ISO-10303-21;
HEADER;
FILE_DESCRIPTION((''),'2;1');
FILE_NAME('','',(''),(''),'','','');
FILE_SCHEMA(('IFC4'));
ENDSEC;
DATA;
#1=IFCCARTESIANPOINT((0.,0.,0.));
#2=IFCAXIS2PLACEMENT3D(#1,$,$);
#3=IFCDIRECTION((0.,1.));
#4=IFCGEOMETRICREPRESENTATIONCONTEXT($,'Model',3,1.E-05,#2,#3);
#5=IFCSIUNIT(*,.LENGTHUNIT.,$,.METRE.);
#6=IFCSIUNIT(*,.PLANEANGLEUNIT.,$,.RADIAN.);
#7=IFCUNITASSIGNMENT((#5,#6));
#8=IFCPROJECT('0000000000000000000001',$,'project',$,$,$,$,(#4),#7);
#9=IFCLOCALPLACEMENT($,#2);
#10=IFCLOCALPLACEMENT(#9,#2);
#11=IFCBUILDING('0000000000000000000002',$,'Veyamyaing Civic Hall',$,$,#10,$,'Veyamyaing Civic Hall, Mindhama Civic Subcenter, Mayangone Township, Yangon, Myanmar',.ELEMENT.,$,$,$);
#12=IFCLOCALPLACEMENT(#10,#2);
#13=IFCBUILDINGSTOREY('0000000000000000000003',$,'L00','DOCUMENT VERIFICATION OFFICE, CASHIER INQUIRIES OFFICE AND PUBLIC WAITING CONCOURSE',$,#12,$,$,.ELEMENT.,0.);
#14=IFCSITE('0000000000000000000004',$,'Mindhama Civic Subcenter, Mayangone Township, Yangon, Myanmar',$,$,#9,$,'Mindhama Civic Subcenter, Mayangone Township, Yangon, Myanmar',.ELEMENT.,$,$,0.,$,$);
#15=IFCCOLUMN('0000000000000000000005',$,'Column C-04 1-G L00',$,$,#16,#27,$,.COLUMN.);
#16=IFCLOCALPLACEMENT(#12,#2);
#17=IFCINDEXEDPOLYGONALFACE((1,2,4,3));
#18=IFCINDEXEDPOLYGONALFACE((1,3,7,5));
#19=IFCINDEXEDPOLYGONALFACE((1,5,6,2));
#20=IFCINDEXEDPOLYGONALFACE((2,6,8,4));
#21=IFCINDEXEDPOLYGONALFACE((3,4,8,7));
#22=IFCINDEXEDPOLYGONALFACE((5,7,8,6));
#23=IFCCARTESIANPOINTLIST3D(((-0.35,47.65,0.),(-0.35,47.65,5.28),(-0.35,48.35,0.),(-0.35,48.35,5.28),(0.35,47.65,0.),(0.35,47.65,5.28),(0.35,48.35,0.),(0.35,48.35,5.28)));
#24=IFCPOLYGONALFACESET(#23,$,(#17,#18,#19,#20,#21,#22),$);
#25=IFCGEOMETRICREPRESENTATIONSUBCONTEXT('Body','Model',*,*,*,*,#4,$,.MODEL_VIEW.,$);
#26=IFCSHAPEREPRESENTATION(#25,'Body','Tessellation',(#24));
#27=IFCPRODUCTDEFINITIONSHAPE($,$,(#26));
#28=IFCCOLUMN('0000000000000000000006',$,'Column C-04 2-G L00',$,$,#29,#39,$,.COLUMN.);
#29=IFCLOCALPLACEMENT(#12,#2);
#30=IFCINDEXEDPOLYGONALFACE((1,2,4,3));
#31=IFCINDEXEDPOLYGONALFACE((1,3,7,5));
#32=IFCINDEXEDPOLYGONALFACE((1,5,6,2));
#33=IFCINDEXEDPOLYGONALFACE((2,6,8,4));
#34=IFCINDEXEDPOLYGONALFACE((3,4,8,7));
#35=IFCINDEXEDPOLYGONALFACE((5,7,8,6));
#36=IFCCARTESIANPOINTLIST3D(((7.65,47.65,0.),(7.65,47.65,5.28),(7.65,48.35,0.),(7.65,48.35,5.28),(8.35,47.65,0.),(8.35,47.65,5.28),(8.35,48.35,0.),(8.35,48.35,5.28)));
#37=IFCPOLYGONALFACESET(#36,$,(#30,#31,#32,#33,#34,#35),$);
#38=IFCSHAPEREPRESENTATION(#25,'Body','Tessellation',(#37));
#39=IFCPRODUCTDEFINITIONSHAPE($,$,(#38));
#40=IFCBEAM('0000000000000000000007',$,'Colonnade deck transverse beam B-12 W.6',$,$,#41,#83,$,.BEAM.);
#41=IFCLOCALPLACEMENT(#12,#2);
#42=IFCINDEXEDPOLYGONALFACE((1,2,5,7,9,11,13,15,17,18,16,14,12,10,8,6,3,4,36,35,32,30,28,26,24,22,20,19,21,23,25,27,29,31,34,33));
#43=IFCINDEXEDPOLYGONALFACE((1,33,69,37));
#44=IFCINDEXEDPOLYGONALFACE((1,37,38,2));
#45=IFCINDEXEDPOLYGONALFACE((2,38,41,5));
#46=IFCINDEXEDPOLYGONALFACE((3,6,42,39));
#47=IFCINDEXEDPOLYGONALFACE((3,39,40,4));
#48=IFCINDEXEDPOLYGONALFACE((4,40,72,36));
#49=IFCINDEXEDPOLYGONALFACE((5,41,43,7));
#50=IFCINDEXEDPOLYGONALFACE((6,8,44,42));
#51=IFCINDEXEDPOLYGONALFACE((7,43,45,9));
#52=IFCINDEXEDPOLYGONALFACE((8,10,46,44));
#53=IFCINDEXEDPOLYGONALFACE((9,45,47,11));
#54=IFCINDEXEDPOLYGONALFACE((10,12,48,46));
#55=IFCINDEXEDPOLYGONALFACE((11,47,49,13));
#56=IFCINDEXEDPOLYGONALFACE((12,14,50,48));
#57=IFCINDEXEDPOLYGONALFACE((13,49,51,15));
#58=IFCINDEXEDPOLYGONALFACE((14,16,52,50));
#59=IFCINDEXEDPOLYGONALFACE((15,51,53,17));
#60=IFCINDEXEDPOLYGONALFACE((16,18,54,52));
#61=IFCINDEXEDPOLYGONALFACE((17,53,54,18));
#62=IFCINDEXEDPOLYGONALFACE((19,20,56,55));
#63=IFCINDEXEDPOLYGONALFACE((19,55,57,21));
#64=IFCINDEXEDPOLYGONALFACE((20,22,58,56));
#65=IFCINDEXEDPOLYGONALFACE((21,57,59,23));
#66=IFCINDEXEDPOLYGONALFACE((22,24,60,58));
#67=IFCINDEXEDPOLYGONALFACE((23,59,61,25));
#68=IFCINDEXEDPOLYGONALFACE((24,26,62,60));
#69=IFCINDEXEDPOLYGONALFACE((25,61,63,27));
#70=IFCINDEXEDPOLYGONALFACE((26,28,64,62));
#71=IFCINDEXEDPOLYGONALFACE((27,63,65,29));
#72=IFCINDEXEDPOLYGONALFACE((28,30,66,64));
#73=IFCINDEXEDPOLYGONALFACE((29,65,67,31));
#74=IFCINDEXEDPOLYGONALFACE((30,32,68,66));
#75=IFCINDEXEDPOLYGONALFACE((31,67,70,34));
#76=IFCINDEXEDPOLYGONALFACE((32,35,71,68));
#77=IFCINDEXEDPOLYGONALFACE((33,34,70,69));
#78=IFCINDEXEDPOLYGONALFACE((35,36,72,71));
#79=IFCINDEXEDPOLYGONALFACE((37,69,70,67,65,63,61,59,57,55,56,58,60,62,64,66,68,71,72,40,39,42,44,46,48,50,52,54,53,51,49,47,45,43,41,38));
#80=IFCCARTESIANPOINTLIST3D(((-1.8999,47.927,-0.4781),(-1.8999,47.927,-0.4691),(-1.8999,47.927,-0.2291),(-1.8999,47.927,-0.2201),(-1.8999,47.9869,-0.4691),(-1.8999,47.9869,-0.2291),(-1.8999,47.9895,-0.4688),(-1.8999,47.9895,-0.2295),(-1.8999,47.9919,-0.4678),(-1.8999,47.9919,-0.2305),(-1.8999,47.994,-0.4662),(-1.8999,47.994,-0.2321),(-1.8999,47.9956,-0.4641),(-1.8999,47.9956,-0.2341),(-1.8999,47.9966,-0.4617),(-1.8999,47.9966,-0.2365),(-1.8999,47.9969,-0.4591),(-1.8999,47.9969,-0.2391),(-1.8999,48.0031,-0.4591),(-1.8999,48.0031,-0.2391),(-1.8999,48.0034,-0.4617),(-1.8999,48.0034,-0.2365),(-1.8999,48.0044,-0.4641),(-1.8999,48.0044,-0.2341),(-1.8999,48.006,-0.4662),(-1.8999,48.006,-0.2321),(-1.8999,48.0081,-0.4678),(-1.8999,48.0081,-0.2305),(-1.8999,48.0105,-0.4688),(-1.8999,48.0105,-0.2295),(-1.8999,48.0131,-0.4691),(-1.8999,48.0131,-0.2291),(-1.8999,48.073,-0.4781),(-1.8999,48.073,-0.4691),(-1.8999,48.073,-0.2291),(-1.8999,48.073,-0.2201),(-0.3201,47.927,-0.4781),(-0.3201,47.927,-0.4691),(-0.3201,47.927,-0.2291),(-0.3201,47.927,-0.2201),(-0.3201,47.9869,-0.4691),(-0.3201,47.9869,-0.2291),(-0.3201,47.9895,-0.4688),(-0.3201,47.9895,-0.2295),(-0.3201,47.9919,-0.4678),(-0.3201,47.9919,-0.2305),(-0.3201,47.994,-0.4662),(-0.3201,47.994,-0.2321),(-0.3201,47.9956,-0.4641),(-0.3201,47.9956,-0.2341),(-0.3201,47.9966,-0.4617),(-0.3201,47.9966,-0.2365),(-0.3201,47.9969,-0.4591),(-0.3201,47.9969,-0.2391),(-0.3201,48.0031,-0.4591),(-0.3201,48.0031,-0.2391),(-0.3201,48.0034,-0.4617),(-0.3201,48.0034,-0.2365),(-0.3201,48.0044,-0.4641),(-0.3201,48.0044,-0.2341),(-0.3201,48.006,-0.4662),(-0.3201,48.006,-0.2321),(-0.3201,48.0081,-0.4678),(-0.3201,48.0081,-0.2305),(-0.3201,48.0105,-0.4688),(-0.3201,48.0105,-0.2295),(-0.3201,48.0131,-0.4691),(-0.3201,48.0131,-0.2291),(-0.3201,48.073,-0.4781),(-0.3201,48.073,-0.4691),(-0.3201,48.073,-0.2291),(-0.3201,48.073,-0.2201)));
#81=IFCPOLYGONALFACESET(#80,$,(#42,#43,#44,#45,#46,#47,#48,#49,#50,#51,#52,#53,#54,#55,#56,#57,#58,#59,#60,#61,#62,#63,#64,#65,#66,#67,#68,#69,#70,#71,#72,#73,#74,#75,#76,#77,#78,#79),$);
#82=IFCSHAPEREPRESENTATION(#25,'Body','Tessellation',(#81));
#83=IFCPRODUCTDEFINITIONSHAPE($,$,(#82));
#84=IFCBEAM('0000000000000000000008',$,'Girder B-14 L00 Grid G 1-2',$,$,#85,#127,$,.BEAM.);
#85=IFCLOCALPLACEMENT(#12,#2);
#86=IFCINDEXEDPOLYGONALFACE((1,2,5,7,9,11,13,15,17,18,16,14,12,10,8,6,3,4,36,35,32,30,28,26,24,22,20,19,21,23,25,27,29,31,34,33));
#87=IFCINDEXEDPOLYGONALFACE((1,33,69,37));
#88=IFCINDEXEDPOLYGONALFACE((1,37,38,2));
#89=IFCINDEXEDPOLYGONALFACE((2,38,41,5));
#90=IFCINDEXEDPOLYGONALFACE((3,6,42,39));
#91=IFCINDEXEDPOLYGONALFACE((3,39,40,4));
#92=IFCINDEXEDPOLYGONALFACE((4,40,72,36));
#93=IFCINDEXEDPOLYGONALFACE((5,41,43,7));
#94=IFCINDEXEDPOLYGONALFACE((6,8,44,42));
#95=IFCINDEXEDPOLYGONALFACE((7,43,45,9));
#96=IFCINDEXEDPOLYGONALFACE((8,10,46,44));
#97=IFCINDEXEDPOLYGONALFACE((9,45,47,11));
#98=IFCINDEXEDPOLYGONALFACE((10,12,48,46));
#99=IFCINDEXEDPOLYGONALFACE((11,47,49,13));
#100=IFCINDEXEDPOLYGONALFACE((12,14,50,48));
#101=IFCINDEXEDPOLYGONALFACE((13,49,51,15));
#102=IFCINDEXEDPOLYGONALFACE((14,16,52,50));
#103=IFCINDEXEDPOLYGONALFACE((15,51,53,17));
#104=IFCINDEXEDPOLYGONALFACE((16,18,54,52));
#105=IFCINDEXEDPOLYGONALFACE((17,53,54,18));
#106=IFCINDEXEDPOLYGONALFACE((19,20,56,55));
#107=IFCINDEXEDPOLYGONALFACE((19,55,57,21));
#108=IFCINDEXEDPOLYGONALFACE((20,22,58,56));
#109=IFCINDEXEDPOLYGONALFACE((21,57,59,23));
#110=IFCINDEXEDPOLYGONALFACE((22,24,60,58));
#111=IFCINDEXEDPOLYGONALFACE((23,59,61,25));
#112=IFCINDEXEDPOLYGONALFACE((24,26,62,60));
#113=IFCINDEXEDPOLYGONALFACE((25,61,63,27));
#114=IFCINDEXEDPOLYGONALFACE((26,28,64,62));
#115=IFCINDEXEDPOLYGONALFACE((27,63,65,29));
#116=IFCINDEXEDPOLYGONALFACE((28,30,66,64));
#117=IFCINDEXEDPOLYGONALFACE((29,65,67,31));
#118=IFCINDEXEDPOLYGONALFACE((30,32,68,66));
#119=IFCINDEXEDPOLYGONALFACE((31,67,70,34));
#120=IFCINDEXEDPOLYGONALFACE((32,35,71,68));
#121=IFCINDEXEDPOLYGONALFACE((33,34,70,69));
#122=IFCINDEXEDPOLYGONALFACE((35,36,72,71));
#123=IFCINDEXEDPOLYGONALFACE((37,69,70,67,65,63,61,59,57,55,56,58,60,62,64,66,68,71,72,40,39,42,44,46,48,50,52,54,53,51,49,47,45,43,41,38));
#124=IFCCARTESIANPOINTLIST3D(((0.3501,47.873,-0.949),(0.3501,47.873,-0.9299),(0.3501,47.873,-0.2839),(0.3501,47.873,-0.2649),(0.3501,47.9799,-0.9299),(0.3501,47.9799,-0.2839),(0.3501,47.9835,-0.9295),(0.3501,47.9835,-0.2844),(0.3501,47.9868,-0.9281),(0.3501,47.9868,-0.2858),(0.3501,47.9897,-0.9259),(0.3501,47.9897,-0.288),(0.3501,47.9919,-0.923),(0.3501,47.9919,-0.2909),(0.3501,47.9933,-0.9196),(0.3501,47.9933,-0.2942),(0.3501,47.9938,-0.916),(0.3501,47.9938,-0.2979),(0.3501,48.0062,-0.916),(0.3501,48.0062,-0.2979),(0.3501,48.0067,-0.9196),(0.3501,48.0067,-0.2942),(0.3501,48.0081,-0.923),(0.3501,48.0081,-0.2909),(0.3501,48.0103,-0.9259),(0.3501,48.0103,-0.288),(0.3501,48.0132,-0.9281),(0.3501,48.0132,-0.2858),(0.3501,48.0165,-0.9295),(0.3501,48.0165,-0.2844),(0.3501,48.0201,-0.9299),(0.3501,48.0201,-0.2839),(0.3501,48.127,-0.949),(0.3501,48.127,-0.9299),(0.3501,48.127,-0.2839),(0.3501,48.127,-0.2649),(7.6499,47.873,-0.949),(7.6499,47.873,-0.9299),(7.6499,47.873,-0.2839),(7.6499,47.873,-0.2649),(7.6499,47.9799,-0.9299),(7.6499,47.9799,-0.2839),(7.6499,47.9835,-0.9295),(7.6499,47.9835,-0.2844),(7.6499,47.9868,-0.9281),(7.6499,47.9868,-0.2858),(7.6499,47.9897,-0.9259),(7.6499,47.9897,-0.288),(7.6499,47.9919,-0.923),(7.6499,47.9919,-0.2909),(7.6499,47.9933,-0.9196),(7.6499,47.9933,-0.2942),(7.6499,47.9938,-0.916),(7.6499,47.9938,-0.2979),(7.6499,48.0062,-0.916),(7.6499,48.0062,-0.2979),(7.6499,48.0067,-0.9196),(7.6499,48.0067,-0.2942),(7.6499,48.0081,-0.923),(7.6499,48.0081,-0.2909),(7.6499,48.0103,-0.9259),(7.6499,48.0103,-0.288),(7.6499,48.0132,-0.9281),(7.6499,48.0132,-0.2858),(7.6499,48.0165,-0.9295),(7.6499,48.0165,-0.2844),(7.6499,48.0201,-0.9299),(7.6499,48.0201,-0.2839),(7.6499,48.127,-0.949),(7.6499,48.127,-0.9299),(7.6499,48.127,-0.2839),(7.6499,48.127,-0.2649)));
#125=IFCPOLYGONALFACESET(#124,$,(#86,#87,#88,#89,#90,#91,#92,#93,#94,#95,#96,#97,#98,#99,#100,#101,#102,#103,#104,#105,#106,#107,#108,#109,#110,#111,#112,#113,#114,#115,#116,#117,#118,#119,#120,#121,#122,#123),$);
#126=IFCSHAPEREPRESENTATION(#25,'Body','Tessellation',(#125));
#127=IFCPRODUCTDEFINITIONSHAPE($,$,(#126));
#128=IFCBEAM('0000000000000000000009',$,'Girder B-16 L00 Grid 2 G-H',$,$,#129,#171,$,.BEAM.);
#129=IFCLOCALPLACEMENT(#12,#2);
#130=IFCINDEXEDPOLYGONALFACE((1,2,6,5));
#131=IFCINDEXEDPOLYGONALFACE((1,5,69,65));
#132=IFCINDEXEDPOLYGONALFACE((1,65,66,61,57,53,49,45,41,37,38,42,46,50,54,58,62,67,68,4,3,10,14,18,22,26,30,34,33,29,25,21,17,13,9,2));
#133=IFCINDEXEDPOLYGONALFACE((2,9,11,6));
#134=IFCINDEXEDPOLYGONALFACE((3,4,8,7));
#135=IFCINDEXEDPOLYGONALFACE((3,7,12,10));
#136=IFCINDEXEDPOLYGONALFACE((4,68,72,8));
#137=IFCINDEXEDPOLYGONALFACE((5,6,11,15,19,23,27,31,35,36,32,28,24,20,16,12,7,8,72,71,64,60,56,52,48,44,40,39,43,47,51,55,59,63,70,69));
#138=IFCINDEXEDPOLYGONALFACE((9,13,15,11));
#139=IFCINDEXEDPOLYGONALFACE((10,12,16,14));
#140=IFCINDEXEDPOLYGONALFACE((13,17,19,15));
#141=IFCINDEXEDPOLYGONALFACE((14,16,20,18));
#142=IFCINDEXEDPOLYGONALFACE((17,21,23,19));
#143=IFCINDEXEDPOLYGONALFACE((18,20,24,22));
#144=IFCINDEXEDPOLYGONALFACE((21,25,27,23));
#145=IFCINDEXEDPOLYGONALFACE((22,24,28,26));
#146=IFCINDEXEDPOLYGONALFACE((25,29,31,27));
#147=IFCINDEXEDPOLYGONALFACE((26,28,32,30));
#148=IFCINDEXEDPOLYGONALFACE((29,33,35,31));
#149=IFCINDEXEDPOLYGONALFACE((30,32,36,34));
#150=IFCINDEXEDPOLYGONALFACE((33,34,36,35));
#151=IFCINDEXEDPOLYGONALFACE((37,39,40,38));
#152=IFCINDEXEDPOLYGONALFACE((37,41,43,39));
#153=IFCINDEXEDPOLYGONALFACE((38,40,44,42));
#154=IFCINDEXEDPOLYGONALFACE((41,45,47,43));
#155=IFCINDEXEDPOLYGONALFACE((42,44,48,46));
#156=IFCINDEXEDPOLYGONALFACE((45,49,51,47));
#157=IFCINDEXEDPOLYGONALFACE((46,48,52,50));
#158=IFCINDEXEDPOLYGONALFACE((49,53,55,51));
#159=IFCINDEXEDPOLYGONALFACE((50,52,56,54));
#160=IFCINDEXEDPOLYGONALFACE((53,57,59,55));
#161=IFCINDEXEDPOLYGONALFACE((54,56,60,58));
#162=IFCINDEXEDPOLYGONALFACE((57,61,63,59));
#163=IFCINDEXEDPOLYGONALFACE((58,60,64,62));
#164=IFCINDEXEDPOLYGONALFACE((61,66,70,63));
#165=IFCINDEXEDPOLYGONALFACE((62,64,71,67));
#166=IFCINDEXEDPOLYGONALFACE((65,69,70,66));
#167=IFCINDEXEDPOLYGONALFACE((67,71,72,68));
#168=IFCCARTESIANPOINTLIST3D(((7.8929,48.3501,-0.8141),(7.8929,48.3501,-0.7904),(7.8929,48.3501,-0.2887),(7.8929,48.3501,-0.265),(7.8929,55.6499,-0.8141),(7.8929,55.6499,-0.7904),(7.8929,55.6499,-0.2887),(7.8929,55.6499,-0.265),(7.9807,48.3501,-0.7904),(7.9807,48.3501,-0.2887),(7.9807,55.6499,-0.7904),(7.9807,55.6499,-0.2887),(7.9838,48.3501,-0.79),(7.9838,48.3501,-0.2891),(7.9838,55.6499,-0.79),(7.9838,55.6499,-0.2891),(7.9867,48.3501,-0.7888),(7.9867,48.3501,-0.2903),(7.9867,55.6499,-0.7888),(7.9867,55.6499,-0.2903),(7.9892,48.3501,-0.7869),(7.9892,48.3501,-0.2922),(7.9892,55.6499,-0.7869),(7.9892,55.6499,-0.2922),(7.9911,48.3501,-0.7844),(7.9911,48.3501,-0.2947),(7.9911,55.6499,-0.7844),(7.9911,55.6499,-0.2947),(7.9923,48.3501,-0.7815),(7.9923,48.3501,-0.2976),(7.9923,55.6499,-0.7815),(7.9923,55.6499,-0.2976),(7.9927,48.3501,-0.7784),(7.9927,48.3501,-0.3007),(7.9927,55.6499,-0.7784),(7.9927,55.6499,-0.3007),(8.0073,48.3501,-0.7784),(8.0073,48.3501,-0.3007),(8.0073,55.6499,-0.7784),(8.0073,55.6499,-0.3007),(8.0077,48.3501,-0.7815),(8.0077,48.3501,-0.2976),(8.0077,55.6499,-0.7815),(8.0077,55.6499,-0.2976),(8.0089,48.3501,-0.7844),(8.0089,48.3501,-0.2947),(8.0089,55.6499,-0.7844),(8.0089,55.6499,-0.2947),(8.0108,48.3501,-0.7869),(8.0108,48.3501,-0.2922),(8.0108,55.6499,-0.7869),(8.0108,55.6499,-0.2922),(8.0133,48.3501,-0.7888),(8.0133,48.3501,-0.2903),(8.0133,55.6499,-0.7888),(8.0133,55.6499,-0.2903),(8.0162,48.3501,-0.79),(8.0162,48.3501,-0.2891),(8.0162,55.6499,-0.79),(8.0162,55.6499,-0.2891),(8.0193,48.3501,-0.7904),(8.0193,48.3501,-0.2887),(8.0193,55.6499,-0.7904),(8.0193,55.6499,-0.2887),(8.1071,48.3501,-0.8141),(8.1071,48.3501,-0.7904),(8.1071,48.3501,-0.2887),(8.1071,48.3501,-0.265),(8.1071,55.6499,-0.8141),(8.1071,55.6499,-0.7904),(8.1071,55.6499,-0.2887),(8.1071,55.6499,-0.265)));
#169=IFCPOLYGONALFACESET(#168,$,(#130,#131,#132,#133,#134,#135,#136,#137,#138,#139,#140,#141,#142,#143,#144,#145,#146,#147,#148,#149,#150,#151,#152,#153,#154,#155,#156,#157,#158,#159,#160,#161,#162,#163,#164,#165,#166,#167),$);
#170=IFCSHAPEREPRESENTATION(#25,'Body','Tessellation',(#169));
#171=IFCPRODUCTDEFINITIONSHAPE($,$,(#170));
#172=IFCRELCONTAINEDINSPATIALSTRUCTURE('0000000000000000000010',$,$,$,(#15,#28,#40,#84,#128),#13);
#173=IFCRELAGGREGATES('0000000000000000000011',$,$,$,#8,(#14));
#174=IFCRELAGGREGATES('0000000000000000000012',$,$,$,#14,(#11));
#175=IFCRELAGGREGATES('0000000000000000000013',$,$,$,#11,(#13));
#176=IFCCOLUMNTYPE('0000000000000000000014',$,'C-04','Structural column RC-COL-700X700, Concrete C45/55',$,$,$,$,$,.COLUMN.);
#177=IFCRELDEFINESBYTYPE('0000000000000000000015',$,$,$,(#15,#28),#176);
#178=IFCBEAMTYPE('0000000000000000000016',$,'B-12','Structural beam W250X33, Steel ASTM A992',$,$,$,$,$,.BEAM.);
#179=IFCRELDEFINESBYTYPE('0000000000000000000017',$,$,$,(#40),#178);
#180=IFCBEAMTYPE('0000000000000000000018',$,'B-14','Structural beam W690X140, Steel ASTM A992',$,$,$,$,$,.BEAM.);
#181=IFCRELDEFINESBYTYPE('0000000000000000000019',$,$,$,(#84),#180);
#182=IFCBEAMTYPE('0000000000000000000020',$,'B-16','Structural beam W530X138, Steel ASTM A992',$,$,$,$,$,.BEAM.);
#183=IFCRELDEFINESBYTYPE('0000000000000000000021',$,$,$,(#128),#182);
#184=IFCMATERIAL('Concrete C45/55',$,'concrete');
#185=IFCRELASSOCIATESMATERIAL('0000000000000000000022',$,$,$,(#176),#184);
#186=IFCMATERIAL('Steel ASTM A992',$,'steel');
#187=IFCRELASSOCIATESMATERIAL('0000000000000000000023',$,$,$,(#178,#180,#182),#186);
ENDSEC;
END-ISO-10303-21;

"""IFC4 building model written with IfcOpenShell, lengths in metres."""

from ifc_helpers import new_model, si_unit, direction, frame, origin, origin_2d, place, context, subcontext, project, spatial, rectangle, i_section, extrude, material, material_profile, profile_set, type_object, element, save


model = new_model("IFC4")

# Units and contexts
model_context = context("Model", 3, precision=1e-05, world=origin(), true_north=direction((0.0, 1.0)))
body_context = subcontext(model_context, "Body", "Model", "MODEL_VIEW")
ifc_project = project(units=[si_unit("LENGTHUNIT", "METRE"), si_unit("PLANEANGLEUNIT", "RADIAN")], contexts=[model_context])

# Site, building, storey
site_placement = place(None, origin())
site = spatial("IfcSite", under=ifc_project, at=site_placement, Name="Mindhama Civic Subcenter, Mayangone Township, Yangon, Myanmar", LongName="Mindhama Civic Subcenter, Mayangone Township, Yangon, Myanmar", CompositionType="ELEMENT", RefElevation=0.0)
building_placement = place(site_placement, origin())
building = spatial("IfcBuilding", under=site, at=building_placement, Name="Veyamyaing Civic Hall", LongName="Veyamyaing Civic Hall, Mindhama Civic Subcenter, Mayangone Township, Yangon, Myanmar", CompositionType="ELEMENT")
storey_placement = place(building_placement, origin())
storey = spatial("IfcBuildingStorey", under=building, at=storey_placement, Name="L00", Description="DOCUMENT VERIFICATION OFFICE, CASHIER INQUIRIES OFFICE AND PUBLIC WAITING CONCOURSE", CompositionType="ELEMENT", Elevation=0.0)

# Columns
ifc_material_1 = material(Name="Concrete C45/55", Category="concrete")
ifc_material_profile_1 = material_profile(ifc_material_1, rectangle(XDim=0.7, YDim=0.7, at=origin_2d()), Name="RC-COL-700X700")
ifc_profile_set_1 = profile_set([ifc_material_profile_1], Name="Concrete C45/55")
column_type = type_object("IfcColumnType", Name="C-04", Description="Structural column RC-COL-700X700, Concrete C45/55", PredefinedType="COLUMN", material=ifc_profile_set_1)
for number, where, z_axis, x_axis, name in (
    (1, (0.0, 48.0, 0.0), (0.0, 0.0, 1.0), (1.0, 0.0, 0.0), "Column C-04 1-G L00"),
    (2, (8.0, 48.0, 0.0), (0.0, 0.0, 1.0), (1.0, 0.0, 0.0), "Column C-04 2-G L00"),
):
    element("IfcColumn", number, at=place(storey_placement, frame(where, z_axis=z_axis, x_axis=x_axis)), inside=storey, type_object=column_type, Name=name, PredefinedType="COLUMN", context=body_context, shape_type="SweptSolid", body=[
        extrude(rectangle(XDim=0.7, YDim=0.7, at=origin_2d()), origin(), (0.0, 0.0, 1.0), 5.28),
    ])

# Beams
ifc_material_2 = material(Name="Steel ASTM A992", Category="steel")
ifc_material_profile_2 = material_profile(ifc_material_2, i_section(OverallWidth=0.146, OverallDepth=0.2581, WebThickness=0.0061, FlangeThickness=0.009, FilletRadius=0.01, at=origin_2d()), Name="W250X33")
ifc_profile_set_2 = profile_set([ifc_material_profile_2], Name="Steel ASTM A992")
beam_type_1 = type_object("IfcBeamType", Name="B-12", Description="Structural beam W250X33, Steel ASTM A992", PredefinedType="BEAM", material=ifc_profile_set_2)
beam_1_placement = place(storey_placement, frame((-1.8999, 48.0, -0.3491), z_axis=(1.0, 0.0, 0.0), x_axis=(0.0, 1.0, 0.0)))
element("IfcBeam", 3, at=beam_1_placement, inside=storey, type_object=beam_type_1, Name="Colonnade deck transverse beam B-12 W.6", PredefinedType="BEAM", context=body_context, shape_type="SweptSolid", body=[
    extrude(i_section(OverallWidth=0.146, OverallDepth=0.2581, WebThickness=0.0061, FlangeThickness=0.009, FilletRadius=0.01, at=origin_2d()), origin(), (0.0, 0.0, 1.0), 1.5798),
])
ifc_material_profile_3 = material_profile(ifc_material_2, i_section(OverallWidth=0.2539, OverallDepth=0.6841, WebThickness=0.0125, FlangeThickness=0.019, FilletRadius=0.0139, at=origin_2d()), Name="W690X140")
ifc_profile_set_3 = profile_set([ifc_material_profile_3], Name="Steel ASTM A992")
beam_type_2 = type_object("IfcBeamType", Name="B-14", Description="Structural beam W690X140, Steel ASTM A992", PredefinedType="BEAM", material=ifc_profile_set_3)
beam_2_placement = place(storey_placement, frame((0.3501, 48.0, -0.6069), z_axis=(1.0, 0.0, 0.0), x_axis=(0.0, 1.0, 0.0)))
element("IfcBeam", 4, at=beam_2_placement, inside=storey, type_object=beam_type_2, Name="Girder B-14 L00 Grid G 1-2", PredefinedType="BEAM", context=body_context, shape_type="SweptSolid", body=[
    extrude(i_section(OverallWidth=0.2539, OverallDepth=0.6841, WebThickness=0.0125, FlangeThickness=0.019, FilletRadius=0.0139, at=origin_2d()), origin(), (0.0, 0.0, 1.0), 7.2998),
])
ifc_material_profile_4 = material_profile(ifc_material_2, i_section(OverallWidth=0.2141, OverallDepth=0.5491, WebThickness=0.0146, FlangeThickness=0.0237, FilletRadius=0.012, at=origin_2d()), Name="W530X138")
ifc_profile_set_4 = profile_set([ifc_material_profile_4], Name="Steel ASTM A992")
beam_type_3 = type_object("IfcBeamType", Name="B-16", Description="Structural beam W530X138, Steel ASTM A992", PredefinedType="BEAM", material=ifc_profile_set_4)
beam_3_placement = place(storey_placement, frame((8.0, 48.3501, -0.5396), z_axis=(0.0, 1.0, 0.0), x_axis=(-1.0, 0.0, 0.0)))
element("IfcBeam", 5, at=beam_3_placement, inside=storey, type_object=beam_type_3, Name="Girder B-16 L00 Grid 2 G-H", PredefinedType="BEAM", context=body_context, shape_type="SweptSolid", body=[
    extrude(i_section(OverallWidth=0.2141, OverallDepth=0.5491, WebThickness=0.0146, FlangeThickness=0.0237, FilletRadius=0.012, at=origin_2d()), origin(), (0.0, 0.0, 1.0), 7.2998),
])

save(model, "model.ifc")
